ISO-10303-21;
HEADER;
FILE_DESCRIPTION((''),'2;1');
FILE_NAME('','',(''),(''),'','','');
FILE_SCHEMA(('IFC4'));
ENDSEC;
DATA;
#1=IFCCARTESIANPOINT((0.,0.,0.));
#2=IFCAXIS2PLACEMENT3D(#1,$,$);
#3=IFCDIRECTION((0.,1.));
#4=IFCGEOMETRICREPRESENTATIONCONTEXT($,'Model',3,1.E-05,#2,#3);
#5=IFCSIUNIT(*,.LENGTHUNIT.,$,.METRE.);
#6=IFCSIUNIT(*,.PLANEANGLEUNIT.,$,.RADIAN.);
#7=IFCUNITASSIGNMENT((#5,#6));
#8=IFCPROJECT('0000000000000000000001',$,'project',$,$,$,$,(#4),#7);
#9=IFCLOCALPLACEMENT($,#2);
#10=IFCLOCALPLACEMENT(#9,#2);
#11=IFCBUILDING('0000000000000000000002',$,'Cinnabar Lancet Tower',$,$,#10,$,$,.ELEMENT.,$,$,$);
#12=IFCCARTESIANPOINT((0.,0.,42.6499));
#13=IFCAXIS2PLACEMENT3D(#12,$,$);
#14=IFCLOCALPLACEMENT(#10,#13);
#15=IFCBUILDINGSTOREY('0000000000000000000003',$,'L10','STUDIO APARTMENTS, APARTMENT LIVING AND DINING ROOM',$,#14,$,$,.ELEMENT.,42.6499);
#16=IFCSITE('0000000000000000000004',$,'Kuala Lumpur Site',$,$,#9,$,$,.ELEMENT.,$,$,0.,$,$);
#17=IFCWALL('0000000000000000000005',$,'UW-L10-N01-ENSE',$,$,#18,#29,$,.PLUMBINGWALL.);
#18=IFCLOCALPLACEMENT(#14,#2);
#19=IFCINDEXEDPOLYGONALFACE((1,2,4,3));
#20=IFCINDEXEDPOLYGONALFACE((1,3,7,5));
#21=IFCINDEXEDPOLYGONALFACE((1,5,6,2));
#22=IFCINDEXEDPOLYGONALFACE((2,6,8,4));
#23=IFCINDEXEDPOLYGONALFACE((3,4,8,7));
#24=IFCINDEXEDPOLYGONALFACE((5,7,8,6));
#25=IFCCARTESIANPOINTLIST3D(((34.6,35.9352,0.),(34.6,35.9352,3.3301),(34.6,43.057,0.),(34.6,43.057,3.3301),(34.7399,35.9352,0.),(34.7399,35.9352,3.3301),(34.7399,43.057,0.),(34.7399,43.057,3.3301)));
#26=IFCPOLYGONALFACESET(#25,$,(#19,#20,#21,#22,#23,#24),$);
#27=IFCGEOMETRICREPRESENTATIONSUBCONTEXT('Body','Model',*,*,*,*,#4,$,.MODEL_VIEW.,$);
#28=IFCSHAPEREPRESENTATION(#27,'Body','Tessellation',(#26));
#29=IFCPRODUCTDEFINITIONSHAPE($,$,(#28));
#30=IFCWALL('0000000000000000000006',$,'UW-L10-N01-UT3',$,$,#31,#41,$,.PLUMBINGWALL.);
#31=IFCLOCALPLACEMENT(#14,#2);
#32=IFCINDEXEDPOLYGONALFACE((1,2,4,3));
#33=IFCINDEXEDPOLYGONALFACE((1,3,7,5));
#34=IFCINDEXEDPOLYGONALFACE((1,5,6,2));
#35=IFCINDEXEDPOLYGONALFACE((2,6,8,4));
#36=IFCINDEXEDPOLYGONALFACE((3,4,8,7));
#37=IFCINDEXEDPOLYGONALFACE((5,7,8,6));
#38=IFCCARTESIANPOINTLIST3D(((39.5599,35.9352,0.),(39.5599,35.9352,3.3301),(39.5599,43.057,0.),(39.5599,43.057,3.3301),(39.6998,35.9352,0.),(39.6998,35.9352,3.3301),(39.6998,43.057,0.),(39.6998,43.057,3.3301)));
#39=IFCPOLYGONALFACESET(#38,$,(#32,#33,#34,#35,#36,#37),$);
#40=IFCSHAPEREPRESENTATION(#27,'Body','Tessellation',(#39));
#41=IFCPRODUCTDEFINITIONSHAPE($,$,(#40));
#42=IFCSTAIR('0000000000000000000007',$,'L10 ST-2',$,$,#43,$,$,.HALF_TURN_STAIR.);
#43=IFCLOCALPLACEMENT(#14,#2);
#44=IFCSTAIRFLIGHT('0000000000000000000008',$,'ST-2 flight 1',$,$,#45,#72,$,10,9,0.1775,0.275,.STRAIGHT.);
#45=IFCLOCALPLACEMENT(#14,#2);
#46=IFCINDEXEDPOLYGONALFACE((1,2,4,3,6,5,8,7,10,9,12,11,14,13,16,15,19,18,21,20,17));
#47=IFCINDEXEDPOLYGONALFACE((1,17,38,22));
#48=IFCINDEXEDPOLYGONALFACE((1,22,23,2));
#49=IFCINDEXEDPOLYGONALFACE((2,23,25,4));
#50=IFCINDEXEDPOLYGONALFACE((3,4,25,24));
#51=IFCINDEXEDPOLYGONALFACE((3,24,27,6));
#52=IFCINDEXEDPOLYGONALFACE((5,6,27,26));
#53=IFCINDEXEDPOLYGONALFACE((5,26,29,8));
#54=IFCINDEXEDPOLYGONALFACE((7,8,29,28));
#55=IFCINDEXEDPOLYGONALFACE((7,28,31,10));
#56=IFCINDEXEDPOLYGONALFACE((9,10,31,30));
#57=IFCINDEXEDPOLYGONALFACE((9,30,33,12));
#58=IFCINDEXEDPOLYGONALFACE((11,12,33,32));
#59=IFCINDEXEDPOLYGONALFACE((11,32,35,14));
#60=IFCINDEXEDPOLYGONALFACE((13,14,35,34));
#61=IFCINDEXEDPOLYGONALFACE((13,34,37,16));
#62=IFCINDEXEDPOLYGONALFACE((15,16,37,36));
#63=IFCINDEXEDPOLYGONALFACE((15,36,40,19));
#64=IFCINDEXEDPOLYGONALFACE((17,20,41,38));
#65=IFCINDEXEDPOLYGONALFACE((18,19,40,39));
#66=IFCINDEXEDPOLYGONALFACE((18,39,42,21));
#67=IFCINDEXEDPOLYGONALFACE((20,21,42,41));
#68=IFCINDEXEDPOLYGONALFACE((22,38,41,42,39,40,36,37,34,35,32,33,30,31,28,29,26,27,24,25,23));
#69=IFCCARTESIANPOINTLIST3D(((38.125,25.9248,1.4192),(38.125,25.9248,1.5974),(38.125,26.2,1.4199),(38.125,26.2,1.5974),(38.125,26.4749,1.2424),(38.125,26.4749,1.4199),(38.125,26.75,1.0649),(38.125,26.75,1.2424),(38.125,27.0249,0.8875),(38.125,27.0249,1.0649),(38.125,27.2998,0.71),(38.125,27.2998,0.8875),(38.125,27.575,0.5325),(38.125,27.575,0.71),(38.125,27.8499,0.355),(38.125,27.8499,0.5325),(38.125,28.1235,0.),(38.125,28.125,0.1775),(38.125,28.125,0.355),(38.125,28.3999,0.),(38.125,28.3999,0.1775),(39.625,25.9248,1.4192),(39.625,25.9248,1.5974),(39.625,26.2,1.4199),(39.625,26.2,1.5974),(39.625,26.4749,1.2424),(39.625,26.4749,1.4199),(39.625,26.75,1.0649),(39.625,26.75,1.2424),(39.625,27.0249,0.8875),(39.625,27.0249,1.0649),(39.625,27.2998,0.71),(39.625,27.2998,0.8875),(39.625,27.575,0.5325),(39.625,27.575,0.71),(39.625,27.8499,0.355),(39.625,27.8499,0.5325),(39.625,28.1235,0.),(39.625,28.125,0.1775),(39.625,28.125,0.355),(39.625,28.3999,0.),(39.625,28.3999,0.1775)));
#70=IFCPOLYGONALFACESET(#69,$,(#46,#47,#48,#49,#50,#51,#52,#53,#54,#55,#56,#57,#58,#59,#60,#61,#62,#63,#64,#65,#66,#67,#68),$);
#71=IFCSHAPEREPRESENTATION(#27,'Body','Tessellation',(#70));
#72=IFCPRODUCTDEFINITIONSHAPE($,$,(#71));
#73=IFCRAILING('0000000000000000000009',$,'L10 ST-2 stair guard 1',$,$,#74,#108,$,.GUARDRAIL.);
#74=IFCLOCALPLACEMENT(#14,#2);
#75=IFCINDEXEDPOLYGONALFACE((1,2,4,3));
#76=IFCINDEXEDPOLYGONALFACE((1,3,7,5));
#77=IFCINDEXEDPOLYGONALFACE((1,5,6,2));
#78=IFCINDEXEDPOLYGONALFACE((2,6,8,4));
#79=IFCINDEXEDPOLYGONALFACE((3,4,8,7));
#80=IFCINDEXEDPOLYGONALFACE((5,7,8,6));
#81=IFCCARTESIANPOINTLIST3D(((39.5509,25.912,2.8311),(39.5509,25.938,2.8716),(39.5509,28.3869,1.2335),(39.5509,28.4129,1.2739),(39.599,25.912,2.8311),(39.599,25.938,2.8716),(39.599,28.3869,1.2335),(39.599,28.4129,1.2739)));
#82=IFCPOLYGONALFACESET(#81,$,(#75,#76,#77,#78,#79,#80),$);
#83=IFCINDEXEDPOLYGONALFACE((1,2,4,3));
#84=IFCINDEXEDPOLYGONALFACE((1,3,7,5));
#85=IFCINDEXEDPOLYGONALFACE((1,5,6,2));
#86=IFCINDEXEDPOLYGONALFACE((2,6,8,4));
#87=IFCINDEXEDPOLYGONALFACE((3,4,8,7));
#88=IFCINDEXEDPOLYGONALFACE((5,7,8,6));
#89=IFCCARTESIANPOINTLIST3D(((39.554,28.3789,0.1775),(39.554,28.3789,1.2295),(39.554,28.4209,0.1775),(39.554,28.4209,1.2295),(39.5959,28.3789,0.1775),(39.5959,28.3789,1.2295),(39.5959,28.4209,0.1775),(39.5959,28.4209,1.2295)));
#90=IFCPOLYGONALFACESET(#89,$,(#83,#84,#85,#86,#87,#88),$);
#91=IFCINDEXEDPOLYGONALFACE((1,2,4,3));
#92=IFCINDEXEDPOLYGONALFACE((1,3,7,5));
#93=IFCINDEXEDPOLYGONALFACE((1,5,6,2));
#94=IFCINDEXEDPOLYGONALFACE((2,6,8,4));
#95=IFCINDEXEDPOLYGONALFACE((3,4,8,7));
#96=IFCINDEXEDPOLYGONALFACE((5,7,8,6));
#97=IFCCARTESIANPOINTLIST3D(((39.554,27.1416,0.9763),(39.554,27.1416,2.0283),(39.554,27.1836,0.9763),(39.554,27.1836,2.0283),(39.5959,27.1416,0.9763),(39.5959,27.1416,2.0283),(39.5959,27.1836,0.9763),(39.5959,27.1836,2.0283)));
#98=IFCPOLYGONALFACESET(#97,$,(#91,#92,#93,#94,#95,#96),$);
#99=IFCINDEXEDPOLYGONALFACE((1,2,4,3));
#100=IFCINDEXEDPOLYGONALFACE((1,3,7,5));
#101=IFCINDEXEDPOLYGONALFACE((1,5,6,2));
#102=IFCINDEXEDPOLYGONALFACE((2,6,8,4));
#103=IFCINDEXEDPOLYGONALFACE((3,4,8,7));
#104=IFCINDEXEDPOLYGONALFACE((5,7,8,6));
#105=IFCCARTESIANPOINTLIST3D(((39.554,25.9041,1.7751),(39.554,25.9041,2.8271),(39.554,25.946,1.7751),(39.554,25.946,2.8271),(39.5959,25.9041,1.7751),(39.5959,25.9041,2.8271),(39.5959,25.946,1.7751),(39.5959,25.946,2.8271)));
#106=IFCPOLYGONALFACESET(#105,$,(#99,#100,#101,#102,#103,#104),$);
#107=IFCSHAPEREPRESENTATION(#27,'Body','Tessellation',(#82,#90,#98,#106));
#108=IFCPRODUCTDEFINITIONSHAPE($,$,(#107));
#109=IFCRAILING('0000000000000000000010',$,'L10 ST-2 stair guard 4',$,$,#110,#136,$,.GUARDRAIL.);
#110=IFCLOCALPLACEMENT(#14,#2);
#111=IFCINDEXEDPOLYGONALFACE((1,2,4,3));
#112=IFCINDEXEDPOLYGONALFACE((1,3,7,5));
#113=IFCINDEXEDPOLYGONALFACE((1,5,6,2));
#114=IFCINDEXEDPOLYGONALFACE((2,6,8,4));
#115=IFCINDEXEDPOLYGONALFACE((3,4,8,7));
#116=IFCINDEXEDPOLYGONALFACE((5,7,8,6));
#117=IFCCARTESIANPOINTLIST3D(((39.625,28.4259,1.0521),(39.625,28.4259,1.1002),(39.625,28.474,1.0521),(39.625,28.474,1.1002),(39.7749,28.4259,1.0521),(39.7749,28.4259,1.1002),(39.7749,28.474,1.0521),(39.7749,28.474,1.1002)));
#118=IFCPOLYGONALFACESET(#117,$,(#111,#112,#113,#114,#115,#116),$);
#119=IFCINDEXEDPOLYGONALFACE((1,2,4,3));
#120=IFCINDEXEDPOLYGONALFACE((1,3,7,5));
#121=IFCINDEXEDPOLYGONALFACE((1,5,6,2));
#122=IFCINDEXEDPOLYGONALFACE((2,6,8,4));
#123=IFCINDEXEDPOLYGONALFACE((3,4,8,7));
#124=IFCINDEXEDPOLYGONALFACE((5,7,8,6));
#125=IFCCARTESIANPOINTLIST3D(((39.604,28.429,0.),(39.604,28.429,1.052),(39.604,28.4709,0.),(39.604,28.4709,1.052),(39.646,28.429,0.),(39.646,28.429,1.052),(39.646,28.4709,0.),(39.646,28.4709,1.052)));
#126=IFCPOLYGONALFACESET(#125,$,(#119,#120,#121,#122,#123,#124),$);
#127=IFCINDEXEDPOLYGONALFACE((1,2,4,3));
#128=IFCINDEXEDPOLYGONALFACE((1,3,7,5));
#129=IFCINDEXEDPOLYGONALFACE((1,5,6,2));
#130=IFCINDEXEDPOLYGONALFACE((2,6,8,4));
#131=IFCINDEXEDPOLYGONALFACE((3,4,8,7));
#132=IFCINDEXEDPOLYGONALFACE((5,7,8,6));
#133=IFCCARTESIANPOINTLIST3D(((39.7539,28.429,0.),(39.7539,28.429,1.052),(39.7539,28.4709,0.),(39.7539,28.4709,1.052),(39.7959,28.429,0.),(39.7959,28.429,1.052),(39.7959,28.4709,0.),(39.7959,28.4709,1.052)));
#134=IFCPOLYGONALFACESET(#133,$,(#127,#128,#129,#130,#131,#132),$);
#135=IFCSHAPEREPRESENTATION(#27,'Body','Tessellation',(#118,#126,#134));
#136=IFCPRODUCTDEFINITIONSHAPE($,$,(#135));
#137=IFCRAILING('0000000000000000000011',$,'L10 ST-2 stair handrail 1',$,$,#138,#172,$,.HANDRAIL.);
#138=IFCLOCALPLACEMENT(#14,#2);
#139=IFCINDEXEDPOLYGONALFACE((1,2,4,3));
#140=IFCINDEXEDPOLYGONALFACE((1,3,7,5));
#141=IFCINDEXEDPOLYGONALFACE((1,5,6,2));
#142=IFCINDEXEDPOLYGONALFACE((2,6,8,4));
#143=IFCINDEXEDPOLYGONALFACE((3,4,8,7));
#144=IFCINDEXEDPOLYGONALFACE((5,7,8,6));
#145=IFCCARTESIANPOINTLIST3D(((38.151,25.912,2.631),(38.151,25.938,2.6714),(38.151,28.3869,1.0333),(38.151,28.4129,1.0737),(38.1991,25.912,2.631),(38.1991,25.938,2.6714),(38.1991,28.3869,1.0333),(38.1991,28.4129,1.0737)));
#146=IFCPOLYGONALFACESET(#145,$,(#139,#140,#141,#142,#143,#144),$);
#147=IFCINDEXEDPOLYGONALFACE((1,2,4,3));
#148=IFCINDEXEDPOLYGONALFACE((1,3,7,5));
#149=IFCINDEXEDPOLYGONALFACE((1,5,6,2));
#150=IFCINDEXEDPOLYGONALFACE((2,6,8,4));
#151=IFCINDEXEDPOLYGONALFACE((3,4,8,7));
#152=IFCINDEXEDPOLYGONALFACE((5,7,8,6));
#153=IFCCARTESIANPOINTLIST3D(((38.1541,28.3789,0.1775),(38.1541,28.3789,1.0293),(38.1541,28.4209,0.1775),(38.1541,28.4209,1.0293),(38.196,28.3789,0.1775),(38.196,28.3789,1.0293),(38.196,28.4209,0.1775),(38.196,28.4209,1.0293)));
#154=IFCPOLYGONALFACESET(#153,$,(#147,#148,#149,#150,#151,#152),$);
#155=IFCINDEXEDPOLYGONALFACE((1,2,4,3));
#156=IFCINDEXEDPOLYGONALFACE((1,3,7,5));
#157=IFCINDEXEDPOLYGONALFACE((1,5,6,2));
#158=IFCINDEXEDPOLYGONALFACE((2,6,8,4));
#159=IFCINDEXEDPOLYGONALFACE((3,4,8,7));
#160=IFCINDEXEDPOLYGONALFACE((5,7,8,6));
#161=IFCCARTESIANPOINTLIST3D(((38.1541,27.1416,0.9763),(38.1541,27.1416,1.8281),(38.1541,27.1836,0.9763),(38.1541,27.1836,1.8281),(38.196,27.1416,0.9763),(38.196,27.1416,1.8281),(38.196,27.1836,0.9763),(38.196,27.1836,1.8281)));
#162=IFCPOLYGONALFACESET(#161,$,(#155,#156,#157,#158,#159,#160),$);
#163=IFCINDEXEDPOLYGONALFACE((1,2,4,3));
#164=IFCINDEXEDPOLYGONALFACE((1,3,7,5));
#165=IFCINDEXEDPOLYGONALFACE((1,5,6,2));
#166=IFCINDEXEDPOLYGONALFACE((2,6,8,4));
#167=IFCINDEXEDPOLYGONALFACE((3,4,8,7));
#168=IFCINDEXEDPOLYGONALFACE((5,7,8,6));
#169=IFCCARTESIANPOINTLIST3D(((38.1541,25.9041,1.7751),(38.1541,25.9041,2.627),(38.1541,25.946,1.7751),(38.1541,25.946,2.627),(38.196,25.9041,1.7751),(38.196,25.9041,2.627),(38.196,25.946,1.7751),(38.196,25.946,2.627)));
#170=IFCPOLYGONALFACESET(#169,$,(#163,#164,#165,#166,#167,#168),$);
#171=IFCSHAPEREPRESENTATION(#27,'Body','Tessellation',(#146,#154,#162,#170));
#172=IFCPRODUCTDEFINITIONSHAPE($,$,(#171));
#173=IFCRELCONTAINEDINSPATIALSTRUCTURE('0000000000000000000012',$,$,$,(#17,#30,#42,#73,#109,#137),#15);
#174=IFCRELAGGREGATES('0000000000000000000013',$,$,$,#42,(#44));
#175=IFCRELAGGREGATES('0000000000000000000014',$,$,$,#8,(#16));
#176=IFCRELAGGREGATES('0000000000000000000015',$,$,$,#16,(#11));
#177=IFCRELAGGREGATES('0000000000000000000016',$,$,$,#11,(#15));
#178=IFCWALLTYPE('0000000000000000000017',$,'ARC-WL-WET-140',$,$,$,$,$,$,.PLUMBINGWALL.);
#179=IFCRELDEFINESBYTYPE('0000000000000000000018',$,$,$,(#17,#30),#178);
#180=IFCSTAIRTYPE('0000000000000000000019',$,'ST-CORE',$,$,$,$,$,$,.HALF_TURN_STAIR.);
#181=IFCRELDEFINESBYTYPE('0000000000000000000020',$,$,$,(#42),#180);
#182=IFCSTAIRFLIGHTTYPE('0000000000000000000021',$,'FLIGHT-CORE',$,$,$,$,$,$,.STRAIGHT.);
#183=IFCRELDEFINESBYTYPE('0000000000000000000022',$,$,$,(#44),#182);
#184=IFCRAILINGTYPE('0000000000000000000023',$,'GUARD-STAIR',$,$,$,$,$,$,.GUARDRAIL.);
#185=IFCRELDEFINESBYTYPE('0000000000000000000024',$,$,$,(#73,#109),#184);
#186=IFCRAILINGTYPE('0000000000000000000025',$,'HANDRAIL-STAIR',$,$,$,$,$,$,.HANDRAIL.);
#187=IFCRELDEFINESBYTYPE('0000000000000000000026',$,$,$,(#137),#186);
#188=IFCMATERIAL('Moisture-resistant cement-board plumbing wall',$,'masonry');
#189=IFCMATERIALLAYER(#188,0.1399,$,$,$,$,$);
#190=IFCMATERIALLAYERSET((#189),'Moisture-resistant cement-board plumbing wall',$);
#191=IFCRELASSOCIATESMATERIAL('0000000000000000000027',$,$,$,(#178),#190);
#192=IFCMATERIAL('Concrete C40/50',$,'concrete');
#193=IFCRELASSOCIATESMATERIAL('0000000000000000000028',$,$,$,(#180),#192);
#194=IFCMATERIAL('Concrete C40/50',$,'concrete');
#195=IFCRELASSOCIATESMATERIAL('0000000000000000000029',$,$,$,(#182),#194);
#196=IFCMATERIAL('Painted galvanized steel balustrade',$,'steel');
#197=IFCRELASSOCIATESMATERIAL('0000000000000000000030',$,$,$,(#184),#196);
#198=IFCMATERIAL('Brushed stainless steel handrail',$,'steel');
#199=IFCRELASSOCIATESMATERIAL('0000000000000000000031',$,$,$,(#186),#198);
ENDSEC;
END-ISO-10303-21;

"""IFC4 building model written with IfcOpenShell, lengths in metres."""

from ifc_helpers import new_model, si_unit, direction, frame, frame_2d, origin, origin_2d, place, context, subcontext, project, spatial, polyline, rectangle, outline, extrude, material, layer, layer_set, type_object, element, aggregate, save


model = new_model("IFC4")

# Units and contexts
model_context = context("Model", 3, precision=1e-05, world=origin(), true_north=direction((0.0, 1.0)))
body_context = subcontext(model_context, "Body", "Model", "MODEL_VIEW")
ifc_project = project(units=[si_unit("LENGTHUNIT", "METRE"), si_unit("PLANEANGLEUNIT", "RADIAN")], contexts=[model_context])

# Site, building, storey
site_placement = place(None, origin())
site = spatial("IfcSite", under=ifc_project, at=site_placement, Name="Kuala Lumpur Site", CompositionType="ELEMENT", RefElevation=0.0)
building_placement = place(site_placement, origin())
building = spatial("IfcBuilding", under=site, at=building_placement, Name="Cinnabar Lancet Tower", CompositionType="ELEMENT")
storey_placement = place(building_placement, frame((0.0, 0.0, 42.6499)))
storey = spatial("IfcBuildingStorey", under=building, at=storey_placement, Name="L10", Description="STUDIO APARTMENTS, APARTMENT LIVING AND DINING ROOM", CompositionType="ELEMENT", Elevation=42.6499)

# Walls
ifc_material_1 = material(Name="Moisture-resistant cement-board plumbing wall", Category="masonry")
ifc_layer_1 = layer(ifc_material_1, 0.1399)
ifc_layer_set_1 = layer_set([ifc_layer_1], Name="Moisture-resistant cement-board plumbing wall")
wall_type_1 = type_object("IfcWallType", Name="ARC-WL-WET-140", PredefinedType="PLUMBINGWALL", material=ifc_layer_set_1)
for number, where, z_axis, x_axis, name in (
    (1, (34.6699, 35.9351, 0.0), (0.0, 0.0, 1.0), (0.0, 1.0, 0.0), "UW-L10-N01-ENSE"),
    (2, (39.6299, 35.9351, 0.0), (0.0, 0.0, 1.0), (0.0, 1.0, 0.0), "UW-L10-N01-UT3"),
):
    element("IfcWall", number, at=place(storey_placement, frame(where, z_axis=z_axis, x_axis=x_axis)), inside=storey, type_object=wall_type_1, Name=name, PredefinedType="PLUMBINGWALL", context=body_context, shape_type="SweptSolid", body=[
        extrude(rectangle(XDim=7.1218, YDim=0.1399, at=frame_2d((3.561, 0.0))), origin(), (0.0, 0.0, 1.0), 3.3301),
    ])

# Stair, stair flight
ifc_material_2 = material(Name="Concrete C40/50", Category="concrete")
stair_type = type_object("IfcStairType", Name="ST-CORE", PredefinedType="HALF_TURN_STAIR", material=ifc_material_2)
stair_placement = place(storey_placement, origin())
stair = element("IfcStair", 3, at=stair_placement, inside=storey, type_object=stair_type, Name="L10 ST-2", PredefinedType="HALF_TURN_STAIR")
ifc_material_3 = material(Name="Concrete C40/50", Category="concrete")
stair_flight_type = type_object("IfcStairFlightType", Name="FLIGHT-CORE", PredefinedType="STRAIGHT", material=ifc_material_3)
stair_flight_placement = place(storey_placement, frame((38.875, 28.3999, 0.0), z_axis=(0.0, 0.0, 1.0), x_axis=(0.0, -1.0, 0.0)))
stair_flight = element("IfcStairFlight", 4, at=stair_flight_placement, type_object=stair_flight_type, Name="ST-2 flight 1", NumberOfRisers=10, NumberOfTreads=9, PredefinedType="STRAIGHT", RiserHeight=0.1775, TreadLength=0.275, context=body_context, shape_type="SweptSolid", body=[
    extrude(outline(polyline([(0.0, 0.0), (0.0, 0.1775), (0.2749, 0.1775), (0.2749, 0.355), (0.55, 0.355), (0.55, 0.5325), (0.825, 0.5325), (0.825, 0.71), (1.1001, 0.71), (1.1001, 0.8875), (1.375, 0.8875), (1.375, 1.0649), (1.6499, 1.0649), (1.6499, 1.2424), (1.925, 1.2424), (1.925, 1.4199), (2.2, 1.4199), (2.2, 1.5974), (2.4751, 1.5974), (2.4751, 1.7749), (2.4751, 1.4192), (0.2764, 0.0), (0.0, 0.0)])), frame((0.0, 0.75, 0.0), z_axis=(0.0, -1.0, 0.0), x_axis=(1.0, 0.0, 0.0)), (0.0, 0.0, 1.0), 1.5),
])
aggregate(stair, [stair_flight])

# Railings
ifc_material_4 = material(Name="Painted galvanized steel balustrade", Category="steel")
railing_type_1 = type_object("IfcRailingType", Name="GUARD-STAIR", PredefinedType="GUARDRAIL", material=ifc_material_4)
railing_1_placement = place(storey_placement, frame((39.575, 28.3999, 0.1775)))
element("IfcRailing", 5, at=railing_1_placement, inside=storey, type_object=railing_type_1, Name="L10 ST-2 stair guard 1", PredefinedType="GUARDRAIL", context=body_context, shape_type="SweptSolid", body=[
    extrude(rectangle(XDim=0.0481, YDim=0.0481, at=origin_2d()), frame((0.0, 0.0, 1.0762), z_axis=(0.0, -0.840146, 0.542361), x_axis=(1.0, 0.0, 0.0)), (0.0, 0.0, 1.0), 2.9458),
    extrude(rectangle(XDim=0.042, YDim=0.042, at=origin_2d()), origin(), (0.0, 0.0, 1.0), 1.052),
    extrude(rectangle(XDim=0.042, YDim=0.042, at=origin_2d()), frame((0.0, -1.2373, 0.7988)), (0.0, 0.0, 1.0), 1.052),
    extrude(rectangle(XDim=0.042, YDim=0.042, at=origin_2d()), frame((0.0, -2.4749, 1.5977)), (0.0, 0.0, 1.0), 1.052),
])
railing_2_placement = place(storey_placement, frame((39.625, 28.45, 0.0)))
element("IfcRailing", 6, at=railing_2_placement, inside=storey, type_object=railing_type_1, Name="L10 ST-2 stair guard 4", PredefinedType="GUARDRAIL", context=body_context, shape_type="SweptSolid", body=[
    extrude(rectangle(XDim=0.0481, YDim=0.0481, at=origin_2d()), frame((0.0, 0.0, 1.0762), z_axis=(1.0, 0.0, 0.0), x_axis=(0.0, 1.0, 0.0)), (0.0, 0.0, 1.0), 0.1499),
    extrude(rectangle(XDim=0.042, YDim=0.042, at=origin_2d()), origin(), (0.0, 0.0, 1.0), 1.052),
    extrude(rectangle(XDim=0.042, YDim=0.042, at=origin_2d()), frame((0.1499, 0.0, 0.0)), (0.0, 0.0, 1.0), 1.052),
])
ifc_material_5 = material(Name="Brushed stainless steel handrail", Category="steel")
railing_type_2 = type_object("IfcRailingType", Name="HANDRAIL-STAIR", PredefinedType="HANDRAIL", material=ifc_material_5)
railing_3_placement = place(storey_placement, frame((38.175, 28.3999, 0.1775)))
element("IfcRailing", 7, at=railing_3_placement, inside=storey, type_object=railing_type_2, Name="L10 ST-2 stair handrail 1", PredefinedType="HANDRAIL", context=body_context, shape_type="SweptSolid", body=[
    extrude(rectangle(XDim=0.0481, YDim=0.0481, at=origin_2d()), frame((0.0, 0.0, 0.876), z_axis=(0.0, -0.840146, 0.542361), x_axis=(1.0, 0.0, 0.0)), (0.0, 0.0, 1.0), 2.9458),
    extrude(rectangle(XDim=0.042, YDim=0.042, at=origin_2d()), origin(), (0.0, 0.0, 1.0), 0.8518),
    extrude(rectangle(XDim=0.042, YDim=0.042, at=origin_2d()), frame((0.0, -1.2373, 0.7988)), (0.0, 0.0, 1.0), 0.8518),
    extrude(rectangle(XDim=0.042, YDim=0.042, at=origin_2d()), frame((0.0, -2.4749, 1.5977)), (0.0, 0.0, 1.0), 0.8518),
])

save(model, "model.ifc")
